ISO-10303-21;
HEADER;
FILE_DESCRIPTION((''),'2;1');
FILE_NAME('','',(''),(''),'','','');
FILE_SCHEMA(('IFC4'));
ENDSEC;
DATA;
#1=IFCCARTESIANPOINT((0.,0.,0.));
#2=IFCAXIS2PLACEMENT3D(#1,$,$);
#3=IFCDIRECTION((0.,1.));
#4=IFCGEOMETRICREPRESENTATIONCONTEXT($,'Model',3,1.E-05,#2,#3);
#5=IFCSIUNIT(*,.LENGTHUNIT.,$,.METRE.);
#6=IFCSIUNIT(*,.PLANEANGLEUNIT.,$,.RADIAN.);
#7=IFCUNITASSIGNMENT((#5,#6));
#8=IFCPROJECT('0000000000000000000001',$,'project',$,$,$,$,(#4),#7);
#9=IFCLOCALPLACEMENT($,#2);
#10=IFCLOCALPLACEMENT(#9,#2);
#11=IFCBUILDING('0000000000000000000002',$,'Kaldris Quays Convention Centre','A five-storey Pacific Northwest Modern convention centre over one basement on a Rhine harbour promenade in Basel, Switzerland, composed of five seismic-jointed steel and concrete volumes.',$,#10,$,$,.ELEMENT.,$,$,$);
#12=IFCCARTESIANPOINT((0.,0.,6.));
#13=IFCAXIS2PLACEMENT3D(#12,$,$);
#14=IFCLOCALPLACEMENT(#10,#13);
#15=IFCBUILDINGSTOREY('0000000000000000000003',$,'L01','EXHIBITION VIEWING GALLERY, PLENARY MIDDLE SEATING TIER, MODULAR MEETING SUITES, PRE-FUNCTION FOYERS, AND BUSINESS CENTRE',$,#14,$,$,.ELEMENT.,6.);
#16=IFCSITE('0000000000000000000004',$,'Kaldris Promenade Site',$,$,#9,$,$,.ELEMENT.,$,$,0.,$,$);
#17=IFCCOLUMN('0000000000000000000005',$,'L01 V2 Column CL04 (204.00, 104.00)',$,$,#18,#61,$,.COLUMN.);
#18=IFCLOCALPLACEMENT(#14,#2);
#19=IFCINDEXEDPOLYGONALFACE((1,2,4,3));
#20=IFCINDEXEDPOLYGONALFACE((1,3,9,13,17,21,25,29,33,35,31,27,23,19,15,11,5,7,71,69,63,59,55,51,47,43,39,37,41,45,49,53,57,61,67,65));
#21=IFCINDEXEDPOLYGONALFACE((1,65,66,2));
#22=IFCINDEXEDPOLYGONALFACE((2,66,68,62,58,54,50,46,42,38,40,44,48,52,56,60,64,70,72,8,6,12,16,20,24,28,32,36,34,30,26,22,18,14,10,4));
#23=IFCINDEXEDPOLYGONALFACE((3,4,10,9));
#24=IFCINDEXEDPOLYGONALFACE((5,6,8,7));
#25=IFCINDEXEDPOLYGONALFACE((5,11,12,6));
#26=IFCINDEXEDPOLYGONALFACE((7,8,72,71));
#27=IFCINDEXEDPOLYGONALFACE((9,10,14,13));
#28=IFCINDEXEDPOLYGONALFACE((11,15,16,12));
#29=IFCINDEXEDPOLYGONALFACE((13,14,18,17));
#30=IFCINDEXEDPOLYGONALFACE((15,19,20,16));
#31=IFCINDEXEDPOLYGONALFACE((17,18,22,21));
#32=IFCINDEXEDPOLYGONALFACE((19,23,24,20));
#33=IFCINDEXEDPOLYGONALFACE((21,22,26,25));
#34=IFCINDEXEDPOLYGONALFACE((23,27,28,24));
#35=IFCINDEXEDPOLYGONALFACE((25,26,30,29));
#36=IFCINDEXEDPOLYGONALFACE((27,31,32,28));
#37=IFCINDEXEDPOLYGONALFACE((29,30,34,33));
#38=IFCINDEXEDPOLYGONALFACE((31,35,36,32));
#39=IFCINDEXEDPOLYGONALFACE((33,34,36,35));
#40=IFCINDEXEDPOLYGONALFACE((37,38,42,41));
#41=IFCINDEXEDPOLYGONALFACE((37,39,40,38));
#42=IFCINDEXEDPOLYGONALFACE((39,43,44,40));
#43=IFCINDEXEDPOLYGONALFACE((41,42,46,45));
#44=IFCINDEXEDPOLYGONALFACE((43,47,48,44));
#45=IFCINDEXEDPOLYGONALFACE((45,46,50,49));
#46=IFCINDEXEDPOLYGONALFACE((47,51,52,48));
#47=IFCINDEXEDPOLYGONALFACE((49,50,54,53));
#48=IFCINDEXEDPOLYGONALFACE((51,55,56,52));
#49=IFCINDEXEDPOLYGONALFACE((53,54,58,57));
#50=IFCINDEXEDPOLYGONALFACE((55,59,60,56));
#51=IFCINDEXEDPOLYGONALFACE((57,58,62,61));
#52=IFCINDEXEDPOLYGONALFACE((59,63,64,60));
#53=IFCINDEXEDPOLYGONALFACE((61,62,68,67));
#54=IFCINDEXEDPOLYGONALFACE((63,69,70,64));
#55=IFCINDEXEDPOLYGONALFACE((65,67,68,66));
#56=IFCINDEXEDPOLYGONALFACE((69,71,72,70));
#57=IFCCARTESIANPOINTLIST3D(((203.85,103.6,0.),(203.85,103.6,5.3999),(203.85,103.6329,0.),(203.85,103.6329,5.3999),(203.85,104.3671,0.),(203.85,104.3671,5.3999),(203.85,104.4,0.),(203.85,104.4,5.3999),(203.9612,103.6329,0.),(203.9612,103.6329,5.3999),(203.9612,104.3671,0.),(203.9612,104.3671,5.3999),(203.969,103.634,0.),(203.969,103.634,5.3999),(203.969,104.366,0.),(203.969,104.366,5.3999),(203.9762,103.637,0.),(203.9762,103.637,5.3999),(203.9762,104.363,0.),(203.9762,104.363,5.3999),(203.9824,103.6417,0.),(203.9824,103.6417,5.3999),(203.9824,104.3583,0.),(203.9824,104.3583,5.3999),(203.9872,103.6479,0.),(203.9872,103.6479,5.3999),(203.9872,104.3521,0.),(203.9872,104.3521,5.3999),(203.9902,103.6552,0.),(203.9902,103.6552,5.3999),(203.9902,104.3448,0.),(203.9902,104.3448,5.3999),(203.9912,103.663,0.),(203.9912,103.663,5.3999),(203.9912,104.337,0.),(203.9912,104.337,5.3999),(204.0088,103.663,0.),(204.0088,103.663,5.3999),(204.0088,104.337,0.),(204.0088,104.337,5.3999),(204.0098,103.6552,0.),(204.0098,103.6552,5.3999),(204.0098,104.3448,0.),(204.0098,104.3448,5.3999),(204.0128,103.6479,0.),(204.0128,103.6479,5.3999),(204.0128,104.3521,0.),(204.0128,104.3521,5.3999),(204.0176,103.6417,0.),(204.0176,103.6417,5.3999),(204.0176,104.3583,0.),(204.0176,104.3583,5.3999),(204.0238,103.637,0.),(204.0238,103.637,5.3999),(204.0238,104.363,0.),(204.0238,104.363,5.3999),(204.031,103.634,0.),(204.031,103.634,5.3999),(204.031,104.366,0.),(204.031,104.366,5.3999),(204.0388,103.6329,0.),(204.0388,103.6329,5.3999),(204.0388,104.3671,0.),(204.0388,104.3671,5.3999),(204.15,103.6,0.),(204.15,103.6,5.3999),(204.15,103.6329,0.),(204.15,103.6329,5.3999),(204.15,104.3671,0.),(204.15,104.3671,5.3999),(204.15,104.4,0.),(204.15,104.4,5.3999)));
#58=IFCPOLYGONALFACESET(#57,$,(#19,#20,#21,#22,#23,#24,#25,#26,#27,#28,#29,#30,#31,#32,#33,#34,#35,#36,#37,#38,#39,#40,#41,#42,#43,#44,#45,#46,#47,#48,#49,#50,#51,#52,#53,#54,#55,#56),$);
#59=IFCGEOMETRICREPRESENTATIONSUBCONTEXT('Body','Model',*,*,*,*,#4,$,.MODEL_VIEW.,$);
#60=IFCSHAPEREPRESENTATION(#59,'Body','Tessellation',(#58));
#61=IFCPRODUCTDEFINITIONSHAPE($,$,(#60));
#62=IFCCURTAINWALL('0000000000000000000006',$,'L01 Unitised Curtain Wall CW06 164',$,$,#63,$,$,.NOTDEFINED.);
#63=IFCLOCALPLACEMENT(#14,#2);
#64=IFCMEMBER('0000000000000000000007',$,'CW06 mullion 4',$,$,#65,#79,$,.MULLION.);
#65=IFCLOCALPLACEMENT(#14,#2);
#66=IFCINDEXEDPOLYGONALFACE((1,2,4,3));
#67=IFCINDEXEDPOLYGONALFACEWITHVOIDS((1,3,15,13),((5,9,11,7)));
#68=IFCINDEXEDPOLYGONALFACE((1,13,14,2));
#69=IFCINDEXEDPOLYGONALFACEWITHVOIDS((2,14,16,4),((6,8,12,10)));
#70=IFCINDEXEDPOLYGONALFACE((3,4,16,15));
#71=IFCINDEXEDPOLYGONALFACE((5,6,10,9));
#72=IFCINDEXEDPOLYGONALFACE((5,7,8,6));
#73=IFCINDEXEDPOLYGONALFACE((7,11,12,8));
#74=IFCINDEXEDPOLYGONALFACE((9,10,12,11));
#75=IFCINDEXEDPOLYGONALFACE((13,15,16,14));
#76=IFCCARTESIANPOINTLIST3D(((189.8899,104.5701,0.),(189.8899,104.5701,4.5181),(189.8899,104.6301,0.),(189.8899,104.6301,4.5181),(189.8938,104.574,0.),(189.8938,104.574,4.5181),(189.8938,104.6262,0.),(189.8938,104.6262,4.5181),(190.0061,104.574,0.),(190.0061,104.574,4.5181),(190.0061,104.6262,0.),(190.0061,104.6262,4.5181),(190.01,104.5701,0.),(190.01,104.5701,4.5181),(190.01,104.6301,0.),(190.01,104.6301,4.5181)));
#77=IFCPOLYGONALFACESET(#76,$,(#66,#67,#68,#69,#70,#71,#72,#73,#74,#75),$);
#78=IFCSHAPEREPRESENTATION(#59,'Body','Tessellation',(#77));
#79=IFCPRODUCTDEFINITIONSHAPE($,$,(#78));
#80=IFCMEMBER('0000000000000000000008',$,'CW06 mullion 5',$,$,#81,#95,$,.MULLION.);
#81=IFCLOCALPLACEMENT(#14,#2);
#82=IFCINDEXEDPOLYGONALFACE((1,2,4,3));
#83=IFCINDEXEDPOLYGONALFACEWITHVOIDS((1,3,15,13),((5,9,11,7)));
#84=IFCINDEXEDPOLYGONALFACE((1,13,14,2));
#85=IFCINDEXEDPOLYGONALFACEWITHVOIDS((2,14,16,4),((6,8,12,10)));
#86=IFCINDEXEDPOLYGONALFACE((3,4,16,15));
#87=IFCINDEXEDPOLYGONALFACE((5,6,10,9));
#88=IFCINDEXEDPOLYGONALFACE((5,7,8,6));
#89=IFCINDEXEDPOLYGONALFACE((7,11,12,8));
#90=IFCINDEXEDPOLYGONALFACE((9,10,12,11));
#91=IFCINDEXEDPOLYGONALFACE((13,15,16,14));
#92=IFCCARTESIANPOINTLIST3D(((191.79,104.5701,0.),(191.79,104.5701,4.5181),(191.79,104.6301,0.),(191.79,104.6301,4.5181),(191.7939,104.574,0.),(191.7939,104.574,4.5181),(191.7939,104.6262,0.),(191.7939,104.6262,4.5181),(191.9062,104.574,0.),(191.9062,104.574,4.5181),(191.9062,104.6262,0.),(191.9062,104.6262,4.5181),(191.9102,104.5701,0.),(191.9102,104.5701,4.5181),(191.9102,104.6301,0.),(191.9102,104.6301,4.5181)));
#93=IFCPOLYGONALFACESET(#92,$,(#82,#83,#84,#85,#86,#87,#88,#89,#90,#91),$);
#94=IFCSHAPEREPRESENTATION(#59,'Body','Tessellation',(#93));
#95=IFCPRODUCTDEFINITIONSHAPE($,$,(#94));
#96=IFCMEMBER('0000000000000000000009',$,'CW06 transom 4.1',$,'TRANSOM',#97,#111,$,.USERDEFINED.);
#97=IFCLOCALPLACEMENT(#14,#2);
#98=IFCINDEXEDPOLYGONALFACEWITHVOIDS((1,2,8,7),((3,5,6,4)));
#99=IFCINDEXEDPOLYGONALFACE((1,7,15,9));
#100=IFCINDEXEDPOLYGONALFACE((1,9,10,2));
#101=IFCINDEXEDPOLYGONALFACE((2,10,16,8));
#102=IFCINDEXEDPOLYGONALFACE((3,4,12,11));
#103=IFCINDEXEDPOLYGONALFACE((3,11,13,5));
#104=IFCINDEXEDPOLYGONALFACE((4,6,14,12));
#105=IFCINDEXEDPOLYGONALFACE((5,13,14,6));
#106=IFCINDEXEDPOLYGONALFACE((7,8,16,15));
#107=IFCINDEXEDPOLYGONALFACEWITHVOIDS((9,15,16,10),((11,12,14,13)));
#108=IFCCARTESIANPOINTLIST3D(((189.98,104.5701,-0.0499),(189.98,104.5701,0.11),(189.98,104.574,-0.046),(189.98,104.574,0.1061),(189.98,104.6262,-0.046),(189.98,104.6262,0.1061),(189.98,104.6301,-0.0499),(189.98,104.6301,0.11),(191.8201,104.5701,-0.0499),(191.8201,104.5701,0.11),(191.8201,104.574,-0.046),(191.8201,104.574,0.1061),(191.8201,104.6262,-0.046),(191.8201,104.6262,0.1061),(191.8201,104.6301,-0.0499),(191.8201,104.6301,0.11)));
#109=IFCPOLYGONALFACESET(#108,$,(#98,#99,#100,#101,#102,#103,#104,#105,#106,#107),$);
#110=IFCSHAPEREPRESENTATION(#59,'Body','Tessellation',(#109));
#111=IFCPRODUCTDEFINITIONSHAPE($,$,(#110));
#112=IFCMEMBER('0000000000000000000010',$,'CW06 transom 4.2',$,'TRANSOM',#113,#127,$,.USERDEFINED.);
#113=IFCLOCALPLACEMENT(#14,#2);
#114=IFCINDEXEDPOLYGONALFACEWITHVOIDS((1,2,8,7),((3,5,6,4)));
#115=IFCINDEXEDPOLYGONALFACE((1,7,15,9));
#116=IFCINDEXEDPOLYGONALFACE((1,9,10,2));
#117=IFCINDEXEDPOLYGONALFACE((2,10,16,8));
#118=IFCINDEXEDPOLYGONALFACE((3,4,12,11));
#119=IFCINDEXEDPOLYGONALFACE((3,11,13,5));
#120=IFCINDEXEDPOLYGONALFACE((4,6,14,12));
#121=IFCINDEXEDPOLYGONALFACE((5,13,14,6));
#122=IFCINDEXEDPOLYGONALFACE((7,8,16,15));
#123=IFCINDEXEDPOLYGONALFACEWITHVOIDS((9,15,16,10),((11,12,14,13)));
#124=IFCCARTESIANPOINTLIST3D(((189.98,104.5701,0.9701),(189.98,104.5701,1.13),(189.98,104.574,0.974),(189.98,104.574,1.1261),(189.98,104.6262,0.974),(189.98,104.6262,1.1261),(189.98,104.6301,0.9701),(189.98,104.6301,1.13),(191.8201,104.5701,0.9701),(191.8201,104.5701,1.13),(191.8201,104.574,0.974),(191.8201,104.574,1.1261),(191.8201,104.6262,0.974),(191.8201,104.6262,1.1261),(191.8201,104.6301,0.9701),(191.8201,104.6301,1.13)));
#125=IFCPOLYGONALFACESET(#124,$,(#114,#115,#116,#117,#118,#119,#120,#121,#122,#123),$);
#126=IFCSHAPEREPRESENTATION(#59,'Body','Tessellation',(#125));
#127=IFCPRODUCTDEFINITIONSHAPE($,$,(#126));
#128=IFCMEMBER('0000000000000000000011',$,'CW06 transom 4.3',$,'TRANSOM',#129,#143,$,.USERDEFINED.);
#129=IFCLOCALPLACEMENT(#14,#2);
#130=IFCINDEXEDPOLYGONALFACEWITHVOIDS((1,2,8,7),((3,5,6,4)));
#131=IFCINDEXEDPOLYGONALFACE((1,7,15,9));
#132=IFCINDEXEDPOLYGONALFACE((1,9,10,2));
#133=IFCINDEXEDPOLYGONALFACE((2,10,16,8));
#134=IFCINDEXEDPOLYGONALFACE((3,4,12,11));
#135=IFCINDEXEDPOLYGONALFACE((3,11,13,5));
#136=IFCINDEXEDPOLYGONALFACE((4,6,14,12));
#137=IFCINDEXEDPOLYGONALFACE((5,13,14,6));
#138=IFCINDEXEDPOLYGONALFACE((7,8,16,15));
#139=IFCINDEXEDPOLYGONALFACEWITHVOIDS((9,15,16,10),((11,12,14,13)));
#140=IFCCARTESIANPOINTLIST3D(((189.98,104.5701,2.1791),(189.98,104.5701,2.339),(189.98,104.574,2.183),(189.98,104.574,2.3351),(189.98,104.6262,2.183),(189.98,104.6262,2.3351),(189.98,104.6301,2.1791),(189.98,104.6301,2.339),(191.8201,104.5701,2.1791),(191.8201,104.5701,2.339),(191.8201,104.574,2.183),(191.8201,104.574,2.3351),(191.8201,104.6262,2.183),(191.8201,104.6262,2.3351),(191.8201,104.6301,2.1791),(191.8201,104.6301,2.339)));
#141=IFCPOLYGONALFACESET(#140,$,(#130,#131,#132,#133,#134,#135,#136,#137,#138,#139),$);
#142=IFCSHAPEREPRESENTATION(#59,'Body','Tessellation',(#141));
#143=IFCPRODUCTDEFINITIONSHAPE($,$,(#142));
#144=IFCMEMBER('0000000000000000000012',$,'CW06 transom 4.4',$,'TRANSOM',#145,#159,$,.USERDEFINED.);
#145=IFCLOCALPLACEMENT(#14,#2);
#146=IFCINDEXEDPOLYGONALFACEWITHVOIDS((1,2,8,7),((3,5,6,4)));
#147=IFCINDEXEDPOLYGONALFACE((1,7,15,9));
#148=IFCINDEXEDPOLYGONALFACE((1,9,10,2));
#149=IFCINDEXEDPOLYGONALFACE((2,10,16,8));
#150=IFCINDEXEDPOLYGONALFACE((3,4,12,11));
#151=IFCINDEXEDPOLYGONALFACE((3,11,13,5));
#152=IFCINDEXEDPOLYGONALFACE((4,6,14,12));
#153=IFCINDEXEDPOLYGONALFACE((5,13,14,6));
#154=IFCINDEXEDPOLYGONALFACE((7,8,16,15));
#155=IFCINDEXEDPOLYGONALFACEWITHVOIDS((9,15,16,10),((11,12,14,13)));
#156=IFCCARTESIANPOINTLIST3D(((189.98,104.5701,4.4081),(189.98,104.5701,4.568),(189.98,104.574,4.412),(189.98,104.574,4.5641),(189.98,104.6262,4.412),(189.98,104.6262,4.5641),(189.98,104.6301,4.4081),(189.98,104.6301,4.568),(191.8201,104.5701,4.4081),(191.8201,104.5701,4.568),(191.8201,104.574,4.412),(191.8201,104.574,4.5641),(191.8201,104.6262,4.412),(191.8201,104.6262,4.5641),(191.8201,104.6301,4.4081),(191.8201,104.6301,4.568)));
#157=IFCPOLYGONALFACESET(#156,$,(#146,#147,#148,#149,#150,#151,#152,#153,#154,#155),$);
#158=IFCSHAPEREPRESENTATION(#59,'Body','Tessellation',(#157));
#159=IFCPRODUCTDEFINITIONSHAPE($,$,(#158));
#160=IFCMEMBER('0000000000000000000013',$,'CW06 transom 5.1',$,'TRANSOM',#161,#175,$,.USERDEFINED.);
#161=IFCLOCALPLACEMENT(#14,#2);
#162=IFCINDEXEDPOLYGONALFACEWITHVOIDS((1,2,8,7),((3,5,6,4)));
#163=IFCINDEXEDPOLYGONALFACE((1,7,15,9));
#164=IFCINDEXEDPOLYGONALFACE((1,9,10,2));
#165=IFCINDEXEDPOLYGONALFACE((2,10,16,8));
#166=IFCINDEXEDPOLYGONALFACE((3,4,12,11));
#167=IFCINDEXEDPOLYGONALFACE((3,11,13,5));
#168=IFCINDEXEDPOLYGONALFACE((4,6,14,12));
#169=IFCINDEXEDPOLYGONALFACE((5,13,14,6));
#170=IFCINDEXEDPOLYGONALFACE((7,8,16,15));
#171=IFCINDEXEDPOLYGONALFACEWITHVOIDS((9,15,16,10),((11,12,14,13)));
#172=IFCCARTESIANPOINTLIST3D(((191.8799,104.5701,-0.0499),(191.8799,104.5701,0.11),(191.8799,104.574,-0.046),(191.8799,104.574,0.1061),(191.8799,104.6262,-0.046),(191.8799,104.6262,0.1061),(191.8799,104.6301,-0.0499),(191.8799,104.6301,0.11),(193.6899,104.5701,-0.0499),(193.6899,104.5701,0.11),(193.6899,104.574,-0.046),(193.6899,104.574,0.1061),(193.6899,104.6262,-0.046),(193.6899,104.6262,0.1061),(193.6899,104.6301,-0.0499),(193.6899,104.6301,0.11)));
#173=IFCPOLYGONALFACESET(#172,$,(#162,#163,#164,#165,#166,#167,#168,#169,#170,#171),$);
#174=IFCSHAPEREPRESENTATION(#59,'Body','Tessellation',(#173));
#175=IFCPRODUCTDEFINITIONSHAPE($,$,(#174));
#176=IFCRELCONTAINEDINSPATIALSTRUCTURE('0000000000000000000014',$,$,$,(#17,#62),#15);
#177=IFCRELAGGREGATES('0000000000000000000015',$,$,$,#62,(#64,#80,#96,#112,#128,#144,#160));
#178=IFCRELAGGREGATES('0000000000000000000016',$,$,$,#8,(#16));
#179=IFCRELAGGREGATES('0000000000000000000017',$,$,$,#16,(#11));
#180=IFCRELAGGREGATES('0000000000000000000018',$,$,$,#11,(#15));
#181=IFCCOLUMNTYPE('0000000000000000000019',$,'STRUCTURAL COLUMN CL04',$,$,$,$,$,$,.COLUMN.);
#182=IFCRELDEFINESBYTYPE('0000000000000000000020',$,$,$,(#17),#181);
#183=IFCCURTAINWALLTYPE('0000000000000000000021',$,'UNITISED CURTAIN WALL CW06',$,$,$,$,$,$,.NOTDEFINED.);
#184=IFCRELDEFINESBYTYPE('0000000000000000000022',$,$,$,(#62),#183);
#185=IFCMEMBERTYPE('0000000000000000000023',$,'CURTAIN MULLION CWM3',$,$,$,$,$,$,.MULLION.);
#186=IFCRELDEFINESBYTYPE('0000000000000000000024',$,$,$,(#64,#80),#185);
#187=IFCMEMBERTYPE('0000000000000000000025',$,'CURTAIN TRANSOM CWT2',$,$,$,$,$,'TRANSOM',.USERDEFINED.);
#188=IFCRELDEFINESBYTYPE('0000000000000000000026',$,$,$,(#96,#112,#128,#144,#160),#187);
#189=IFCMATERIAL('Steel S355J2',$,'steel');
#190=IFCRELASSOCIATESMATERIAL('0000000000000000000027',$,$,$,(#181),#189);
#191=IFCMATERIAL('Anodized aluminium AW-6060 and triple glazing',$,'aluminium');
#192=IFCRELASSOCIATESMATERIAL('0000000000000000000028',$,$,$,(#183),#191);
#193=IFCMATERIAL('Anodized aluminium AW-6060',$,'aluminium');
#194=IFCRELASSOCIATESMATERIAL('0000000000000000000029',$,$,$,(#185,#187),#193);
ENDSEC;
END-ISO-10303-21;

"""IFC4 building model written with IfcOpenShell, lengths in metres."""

from ifc_helpers import new_model, si_unit, direction, frame, origin, origin_2d, place, context, subcontext, project, spatial, hollow_rectangle, i_section, extrude, material, material_profile, profile_set, type_object, element, aggregate, save


model = new_model("IFC4")

# Units and contexts
model_context = context("Model", 3, precision=1e-05, world=origin(), true_north=direction((0.0, 1.0)))
body_context = subcontext(model_context, "Body", "Model", "MODEL_VIEW")
ifc_project = project(units=[si_unit("LENGTHUNIT", "METRE"), si_unit("PLANEANGLEUNIT", "RADIAN")], contexts=[model_context])

# Site, building, storey
site_placement = place(None, origin())
site = spatial("IfcSite", under=ifc_project, at=site_placement, Name="Kaldris Promenade Site", CompositionType="ELEMENT", RefElevation=0.0)
building_placement = place(site_placement, origin())
building = spatial("IfcBuilding", under=site, at=building_placement, Name="Kaldris Quays Convention Centre", Description="A five-storey Pacific Northwest Modern convention centre over one basement on a Rhine harbour promenade in Basel, Switzerland, composed of five seismic-jointed steel and concrete volumes.", CompositionType="ELEMENT")
storey_placement = place(building_placement, frame((0.0, 0.0, 6.0)))
storey = spatial("IfcBuildingStorey", under=building, at=storey_placement, Name="L01", Description="EXHIBITION VIEWING GALLERY, PLENARY MIDDLE SEATING TIER, MODULAR MEETING SUITES, PRE-FUNCTION FOYERS, AND BUSINESS CENTRE", CompositionType="ELEMENT", Elevation=6.0)

# Column
ifc_material_1 = material(Name="Steel S355J2", Category="steel")
ifc_material_profile_1 = material_profile(ifc_material_1, i_section(OverallWidth=0.3, OverallDepth=0.8, WebThickness=0.0176, FlangeThickness=0.033, FilletRadius=0.03, at=origin_2d()), Name="HEB 800")
ifc_profile_set_1 = profile_set([ifc_material_profile_1], Name="Steel S355J2")
column_type = type_object("IfcColumnType", Name="STRUCTURAL COLUMN CL04", PredefinedType="COLUMN", material=ifc_profile_set_1)
for number, where, z_axis, x_axis, name in (
    (1, (204.0, 104.0, 0.0), (0.0, 0.0, 1.0), (1.0, 0.0, 0.0), "L01 V2 Column CL04 (204.00, 104.00)"),
):
    element("IfcColumn", number, at=place(storey_placement, frame(where, z_axis=z_axis, x_axis=x_axis)), inside=storey, type_object=column_type, Name=name, PredefinedType="COLUMN", context=body_context, shape_type="SweptSolid", body=[
        extrude(i_section(OverallWidth=0.3, OverallDepth=0.8, WebThickness=0.0176, FlangeThickness=0.033, FilletRadius=0.03, at=origin_2d()), origin(), (0.0, 0.0, 1.0), 5.3999),
    ])

# Curtain wall, members
ifc_material_2 = material(Name="Anodized aluminium AW-6060 and triple glazing", Category="aluminium")
curtain_wall_type = type_object("IfcCurtainWallType", Name="UNITISED CURTAIN WALL CW06", PredefinedType="NOTDEFINED", material=ifc_material_2)
curtain_wall_placement = place(storey_placement, origin())
curtain_wall = element("IfcCurtainWall", 2, at=curtain_wall_placement, inside=storey, type_object=curtain_wall_type, Name="L01 Unitised Curtain Wall CW06 164", PredefinedType="NOTDEFINED")
ifc_material_3 = material(Name="Anodized aluminium AW-6060", Category="aluminium")
ifc_material_profile_2 = material_profile(ifc_material_3, hollow_rectangle(XDim=0.0601, YDim=0.1201, WallThickness=0.0039, at=origin_2d()), Name="RHS 120x60x4")
ifc_profile_set_2 = profile_set([ifc_material_profile_2], Name="Anodized aluminium AW-6060")
member_type_1 = type_object("IfcMemberType", Name="CURTAIN MULLION CWM3", PredefinedType="MULLION", material=ifc_profile_set_2)
member_1_placement = place(storey_placement, frame((189.95, 104.6001, 0.0), z_axis=(0.0, 0.0, 1.0), x_axis=(0.0, 1.0, 0.0)))
member_1 = element("IfcMember", 3, at=member_1_placement, type_object=member_type_1, Name="CW06 mullion 4", PredefinedType="MULLION", context=body_context, shape_type="SweptSolid", body=[
    extrude(hollow_rectangle(XDim=0.0601, YDim=0.1201, WallThickness=0.0039, at=origin_2d()), origin(), (0.0, 0.0, 1.0), 4.5181),
])
member_2_placement = place(storey_placement, frame((191.8501, 104.6001, 0.0), z_axis=(0.0, 0.0, 1.0), x_axis=(0.0, 1.0, 0.0)))
member_2 = element("IfcMember", 4, at=member_2_placement, type_object=member_type_1, Name="CW06 mullion 5", PredefinedType="MULLION", context=body_context, shape_type="SweptSolid", body=[
    extrude(hollow_rectangle(XDim=0.0601, YDim=0.1201, WallThickness=0.0039, at=origin_2d()), origin(), (0.0, 0.0, 1.0), 4.5181),
])
ifc_material_profile_3 = material_profile(ifc_material_3, hollow_rectangle(XDim=0.0601, YDim=0.1599, WallThickness=0.0039, at=origin_2d()), Name="RHS 160x60x4")
ifc_profile_set_3 = profile_set([ifc_material_profile_3], Name="Anodized aluminium AW-6060")
member_type_2 = type_object("IfcMemberType", Name="CURTAIN TRANSOM CWT2", ElementType="TRANSOM", PredefinedType="USERDEFINED", material=ifc_profile_set_3)
member_3_placement = place(storey_placement, frame((189.98, 104.6001, 0.03), z_axis=(1.0, 0.0, 0.0), x_axis=(0.0, 1.0, 0.0)))
member_3 = element("IfcMember", 5, at=member_3_placement, type_object=member_type_2, Name="CW06 transom 4.1", ObjectType="TRANSOM", PredefinedType="USERDEFINED", context=body_context, shape_type="SweptSolid", body=[
    extrude(hollow_rectangle(XDim=0.0601, YDim=0.1599, WallThickness=0.0039, at=origin_2d()), origin(), (0.0, 0.0, 1.0), 1.8401),
])
member_4_placement = place(storey_placement, frame((189.98, 104.6001, 1.05), z_axis=(1.0, 0.0, 0.0), x_axis=(0.0, 1.0, 0.0)))
member_4 = element("IfcMember", 6, at=member_4_placement, type_object=member_type_2, Name="CW06 transom 4.2", ObjectType="TRANSOM", PredefinedType="USERDEFINED", context=body_context, shape_type="SweptSolid", body=[
    extrude(hollow_rectangle(XDim=0.0601, YDim=0.1599, WallThickness=0.0039, at=origin_2d()), origin(), (0.0, 0.0, 1.0), 1.8401),
])
member_5_placement = place(storey_placement, frame((189.98, 104.6001, 2.259), z_axis=(1.0, 0.0, 0.0), x_axis=(0.0, 1.0, 0.0)))
member_5 = element("IfcMember", 7, at=member_5_placement, type_object=member_type_2, Name="CW06 transom 4.3", ObjectType="TRANSOM", PredefinedType="USERDEFINED", context=body_context, shape_type="SweptSolid", body=[
    extrude(hollow_rectangle(XDim=0.0601, YDim=0.1599, WallThickness=0.0039, at=origin_2d()), origin(), (0.0, 0.0, 1.0), 1.8401),
])
member_6_placement = place(storey_placement, frame((189.98, 104.6001, 4.488), z_axis=(1.0, 0.0, 0.0), x_axis=(0.0, 1.0, 0.0)))
member_6 = element("IfcMember", 8, at=member_6_placement, type_object=member_type_2, Name="CW06 transom 4.4", ObjectType="TRANSOM", PredefinedType="USERDEFINED", context=body_context, shape_type="SweptSolid", body=[
    extrude(hollow_rectangle(XDim=0.0601, YDim=0.1599, WallThickness=0.0039, at=origin_2d()), origin(), (0.0, 0.0, 1.0), 1.8401),
])
member_7_placement = place(storey_placement, frame((191.8799, 104.6001, 0.03), z_axis=(1.0, 0.0, 0.0), x_axis=(0.0, 1.0, 0.0)))
member_7 = element("IfcMember", 9, at=member_7_placement, type_object=member_type_2, Name="CW06 transom 5.1", ObjectType="TRANSOM", PredefinedType="USERDEFINED", context=body_context, shape_type="SweptSolid", body=[
    extrude(hollow_rectangle(XDim=0.0601, YDim=0.1599, WallThickness=0.0039, at=origin_2d()), origin(), (0.0, 0.0, 1.0), 1.8101),
])

aggregate(curtain_wall, [member_1, member_2, member_3, member_4, member_5, member_6, member_7])

save(model, "model.ifc")
